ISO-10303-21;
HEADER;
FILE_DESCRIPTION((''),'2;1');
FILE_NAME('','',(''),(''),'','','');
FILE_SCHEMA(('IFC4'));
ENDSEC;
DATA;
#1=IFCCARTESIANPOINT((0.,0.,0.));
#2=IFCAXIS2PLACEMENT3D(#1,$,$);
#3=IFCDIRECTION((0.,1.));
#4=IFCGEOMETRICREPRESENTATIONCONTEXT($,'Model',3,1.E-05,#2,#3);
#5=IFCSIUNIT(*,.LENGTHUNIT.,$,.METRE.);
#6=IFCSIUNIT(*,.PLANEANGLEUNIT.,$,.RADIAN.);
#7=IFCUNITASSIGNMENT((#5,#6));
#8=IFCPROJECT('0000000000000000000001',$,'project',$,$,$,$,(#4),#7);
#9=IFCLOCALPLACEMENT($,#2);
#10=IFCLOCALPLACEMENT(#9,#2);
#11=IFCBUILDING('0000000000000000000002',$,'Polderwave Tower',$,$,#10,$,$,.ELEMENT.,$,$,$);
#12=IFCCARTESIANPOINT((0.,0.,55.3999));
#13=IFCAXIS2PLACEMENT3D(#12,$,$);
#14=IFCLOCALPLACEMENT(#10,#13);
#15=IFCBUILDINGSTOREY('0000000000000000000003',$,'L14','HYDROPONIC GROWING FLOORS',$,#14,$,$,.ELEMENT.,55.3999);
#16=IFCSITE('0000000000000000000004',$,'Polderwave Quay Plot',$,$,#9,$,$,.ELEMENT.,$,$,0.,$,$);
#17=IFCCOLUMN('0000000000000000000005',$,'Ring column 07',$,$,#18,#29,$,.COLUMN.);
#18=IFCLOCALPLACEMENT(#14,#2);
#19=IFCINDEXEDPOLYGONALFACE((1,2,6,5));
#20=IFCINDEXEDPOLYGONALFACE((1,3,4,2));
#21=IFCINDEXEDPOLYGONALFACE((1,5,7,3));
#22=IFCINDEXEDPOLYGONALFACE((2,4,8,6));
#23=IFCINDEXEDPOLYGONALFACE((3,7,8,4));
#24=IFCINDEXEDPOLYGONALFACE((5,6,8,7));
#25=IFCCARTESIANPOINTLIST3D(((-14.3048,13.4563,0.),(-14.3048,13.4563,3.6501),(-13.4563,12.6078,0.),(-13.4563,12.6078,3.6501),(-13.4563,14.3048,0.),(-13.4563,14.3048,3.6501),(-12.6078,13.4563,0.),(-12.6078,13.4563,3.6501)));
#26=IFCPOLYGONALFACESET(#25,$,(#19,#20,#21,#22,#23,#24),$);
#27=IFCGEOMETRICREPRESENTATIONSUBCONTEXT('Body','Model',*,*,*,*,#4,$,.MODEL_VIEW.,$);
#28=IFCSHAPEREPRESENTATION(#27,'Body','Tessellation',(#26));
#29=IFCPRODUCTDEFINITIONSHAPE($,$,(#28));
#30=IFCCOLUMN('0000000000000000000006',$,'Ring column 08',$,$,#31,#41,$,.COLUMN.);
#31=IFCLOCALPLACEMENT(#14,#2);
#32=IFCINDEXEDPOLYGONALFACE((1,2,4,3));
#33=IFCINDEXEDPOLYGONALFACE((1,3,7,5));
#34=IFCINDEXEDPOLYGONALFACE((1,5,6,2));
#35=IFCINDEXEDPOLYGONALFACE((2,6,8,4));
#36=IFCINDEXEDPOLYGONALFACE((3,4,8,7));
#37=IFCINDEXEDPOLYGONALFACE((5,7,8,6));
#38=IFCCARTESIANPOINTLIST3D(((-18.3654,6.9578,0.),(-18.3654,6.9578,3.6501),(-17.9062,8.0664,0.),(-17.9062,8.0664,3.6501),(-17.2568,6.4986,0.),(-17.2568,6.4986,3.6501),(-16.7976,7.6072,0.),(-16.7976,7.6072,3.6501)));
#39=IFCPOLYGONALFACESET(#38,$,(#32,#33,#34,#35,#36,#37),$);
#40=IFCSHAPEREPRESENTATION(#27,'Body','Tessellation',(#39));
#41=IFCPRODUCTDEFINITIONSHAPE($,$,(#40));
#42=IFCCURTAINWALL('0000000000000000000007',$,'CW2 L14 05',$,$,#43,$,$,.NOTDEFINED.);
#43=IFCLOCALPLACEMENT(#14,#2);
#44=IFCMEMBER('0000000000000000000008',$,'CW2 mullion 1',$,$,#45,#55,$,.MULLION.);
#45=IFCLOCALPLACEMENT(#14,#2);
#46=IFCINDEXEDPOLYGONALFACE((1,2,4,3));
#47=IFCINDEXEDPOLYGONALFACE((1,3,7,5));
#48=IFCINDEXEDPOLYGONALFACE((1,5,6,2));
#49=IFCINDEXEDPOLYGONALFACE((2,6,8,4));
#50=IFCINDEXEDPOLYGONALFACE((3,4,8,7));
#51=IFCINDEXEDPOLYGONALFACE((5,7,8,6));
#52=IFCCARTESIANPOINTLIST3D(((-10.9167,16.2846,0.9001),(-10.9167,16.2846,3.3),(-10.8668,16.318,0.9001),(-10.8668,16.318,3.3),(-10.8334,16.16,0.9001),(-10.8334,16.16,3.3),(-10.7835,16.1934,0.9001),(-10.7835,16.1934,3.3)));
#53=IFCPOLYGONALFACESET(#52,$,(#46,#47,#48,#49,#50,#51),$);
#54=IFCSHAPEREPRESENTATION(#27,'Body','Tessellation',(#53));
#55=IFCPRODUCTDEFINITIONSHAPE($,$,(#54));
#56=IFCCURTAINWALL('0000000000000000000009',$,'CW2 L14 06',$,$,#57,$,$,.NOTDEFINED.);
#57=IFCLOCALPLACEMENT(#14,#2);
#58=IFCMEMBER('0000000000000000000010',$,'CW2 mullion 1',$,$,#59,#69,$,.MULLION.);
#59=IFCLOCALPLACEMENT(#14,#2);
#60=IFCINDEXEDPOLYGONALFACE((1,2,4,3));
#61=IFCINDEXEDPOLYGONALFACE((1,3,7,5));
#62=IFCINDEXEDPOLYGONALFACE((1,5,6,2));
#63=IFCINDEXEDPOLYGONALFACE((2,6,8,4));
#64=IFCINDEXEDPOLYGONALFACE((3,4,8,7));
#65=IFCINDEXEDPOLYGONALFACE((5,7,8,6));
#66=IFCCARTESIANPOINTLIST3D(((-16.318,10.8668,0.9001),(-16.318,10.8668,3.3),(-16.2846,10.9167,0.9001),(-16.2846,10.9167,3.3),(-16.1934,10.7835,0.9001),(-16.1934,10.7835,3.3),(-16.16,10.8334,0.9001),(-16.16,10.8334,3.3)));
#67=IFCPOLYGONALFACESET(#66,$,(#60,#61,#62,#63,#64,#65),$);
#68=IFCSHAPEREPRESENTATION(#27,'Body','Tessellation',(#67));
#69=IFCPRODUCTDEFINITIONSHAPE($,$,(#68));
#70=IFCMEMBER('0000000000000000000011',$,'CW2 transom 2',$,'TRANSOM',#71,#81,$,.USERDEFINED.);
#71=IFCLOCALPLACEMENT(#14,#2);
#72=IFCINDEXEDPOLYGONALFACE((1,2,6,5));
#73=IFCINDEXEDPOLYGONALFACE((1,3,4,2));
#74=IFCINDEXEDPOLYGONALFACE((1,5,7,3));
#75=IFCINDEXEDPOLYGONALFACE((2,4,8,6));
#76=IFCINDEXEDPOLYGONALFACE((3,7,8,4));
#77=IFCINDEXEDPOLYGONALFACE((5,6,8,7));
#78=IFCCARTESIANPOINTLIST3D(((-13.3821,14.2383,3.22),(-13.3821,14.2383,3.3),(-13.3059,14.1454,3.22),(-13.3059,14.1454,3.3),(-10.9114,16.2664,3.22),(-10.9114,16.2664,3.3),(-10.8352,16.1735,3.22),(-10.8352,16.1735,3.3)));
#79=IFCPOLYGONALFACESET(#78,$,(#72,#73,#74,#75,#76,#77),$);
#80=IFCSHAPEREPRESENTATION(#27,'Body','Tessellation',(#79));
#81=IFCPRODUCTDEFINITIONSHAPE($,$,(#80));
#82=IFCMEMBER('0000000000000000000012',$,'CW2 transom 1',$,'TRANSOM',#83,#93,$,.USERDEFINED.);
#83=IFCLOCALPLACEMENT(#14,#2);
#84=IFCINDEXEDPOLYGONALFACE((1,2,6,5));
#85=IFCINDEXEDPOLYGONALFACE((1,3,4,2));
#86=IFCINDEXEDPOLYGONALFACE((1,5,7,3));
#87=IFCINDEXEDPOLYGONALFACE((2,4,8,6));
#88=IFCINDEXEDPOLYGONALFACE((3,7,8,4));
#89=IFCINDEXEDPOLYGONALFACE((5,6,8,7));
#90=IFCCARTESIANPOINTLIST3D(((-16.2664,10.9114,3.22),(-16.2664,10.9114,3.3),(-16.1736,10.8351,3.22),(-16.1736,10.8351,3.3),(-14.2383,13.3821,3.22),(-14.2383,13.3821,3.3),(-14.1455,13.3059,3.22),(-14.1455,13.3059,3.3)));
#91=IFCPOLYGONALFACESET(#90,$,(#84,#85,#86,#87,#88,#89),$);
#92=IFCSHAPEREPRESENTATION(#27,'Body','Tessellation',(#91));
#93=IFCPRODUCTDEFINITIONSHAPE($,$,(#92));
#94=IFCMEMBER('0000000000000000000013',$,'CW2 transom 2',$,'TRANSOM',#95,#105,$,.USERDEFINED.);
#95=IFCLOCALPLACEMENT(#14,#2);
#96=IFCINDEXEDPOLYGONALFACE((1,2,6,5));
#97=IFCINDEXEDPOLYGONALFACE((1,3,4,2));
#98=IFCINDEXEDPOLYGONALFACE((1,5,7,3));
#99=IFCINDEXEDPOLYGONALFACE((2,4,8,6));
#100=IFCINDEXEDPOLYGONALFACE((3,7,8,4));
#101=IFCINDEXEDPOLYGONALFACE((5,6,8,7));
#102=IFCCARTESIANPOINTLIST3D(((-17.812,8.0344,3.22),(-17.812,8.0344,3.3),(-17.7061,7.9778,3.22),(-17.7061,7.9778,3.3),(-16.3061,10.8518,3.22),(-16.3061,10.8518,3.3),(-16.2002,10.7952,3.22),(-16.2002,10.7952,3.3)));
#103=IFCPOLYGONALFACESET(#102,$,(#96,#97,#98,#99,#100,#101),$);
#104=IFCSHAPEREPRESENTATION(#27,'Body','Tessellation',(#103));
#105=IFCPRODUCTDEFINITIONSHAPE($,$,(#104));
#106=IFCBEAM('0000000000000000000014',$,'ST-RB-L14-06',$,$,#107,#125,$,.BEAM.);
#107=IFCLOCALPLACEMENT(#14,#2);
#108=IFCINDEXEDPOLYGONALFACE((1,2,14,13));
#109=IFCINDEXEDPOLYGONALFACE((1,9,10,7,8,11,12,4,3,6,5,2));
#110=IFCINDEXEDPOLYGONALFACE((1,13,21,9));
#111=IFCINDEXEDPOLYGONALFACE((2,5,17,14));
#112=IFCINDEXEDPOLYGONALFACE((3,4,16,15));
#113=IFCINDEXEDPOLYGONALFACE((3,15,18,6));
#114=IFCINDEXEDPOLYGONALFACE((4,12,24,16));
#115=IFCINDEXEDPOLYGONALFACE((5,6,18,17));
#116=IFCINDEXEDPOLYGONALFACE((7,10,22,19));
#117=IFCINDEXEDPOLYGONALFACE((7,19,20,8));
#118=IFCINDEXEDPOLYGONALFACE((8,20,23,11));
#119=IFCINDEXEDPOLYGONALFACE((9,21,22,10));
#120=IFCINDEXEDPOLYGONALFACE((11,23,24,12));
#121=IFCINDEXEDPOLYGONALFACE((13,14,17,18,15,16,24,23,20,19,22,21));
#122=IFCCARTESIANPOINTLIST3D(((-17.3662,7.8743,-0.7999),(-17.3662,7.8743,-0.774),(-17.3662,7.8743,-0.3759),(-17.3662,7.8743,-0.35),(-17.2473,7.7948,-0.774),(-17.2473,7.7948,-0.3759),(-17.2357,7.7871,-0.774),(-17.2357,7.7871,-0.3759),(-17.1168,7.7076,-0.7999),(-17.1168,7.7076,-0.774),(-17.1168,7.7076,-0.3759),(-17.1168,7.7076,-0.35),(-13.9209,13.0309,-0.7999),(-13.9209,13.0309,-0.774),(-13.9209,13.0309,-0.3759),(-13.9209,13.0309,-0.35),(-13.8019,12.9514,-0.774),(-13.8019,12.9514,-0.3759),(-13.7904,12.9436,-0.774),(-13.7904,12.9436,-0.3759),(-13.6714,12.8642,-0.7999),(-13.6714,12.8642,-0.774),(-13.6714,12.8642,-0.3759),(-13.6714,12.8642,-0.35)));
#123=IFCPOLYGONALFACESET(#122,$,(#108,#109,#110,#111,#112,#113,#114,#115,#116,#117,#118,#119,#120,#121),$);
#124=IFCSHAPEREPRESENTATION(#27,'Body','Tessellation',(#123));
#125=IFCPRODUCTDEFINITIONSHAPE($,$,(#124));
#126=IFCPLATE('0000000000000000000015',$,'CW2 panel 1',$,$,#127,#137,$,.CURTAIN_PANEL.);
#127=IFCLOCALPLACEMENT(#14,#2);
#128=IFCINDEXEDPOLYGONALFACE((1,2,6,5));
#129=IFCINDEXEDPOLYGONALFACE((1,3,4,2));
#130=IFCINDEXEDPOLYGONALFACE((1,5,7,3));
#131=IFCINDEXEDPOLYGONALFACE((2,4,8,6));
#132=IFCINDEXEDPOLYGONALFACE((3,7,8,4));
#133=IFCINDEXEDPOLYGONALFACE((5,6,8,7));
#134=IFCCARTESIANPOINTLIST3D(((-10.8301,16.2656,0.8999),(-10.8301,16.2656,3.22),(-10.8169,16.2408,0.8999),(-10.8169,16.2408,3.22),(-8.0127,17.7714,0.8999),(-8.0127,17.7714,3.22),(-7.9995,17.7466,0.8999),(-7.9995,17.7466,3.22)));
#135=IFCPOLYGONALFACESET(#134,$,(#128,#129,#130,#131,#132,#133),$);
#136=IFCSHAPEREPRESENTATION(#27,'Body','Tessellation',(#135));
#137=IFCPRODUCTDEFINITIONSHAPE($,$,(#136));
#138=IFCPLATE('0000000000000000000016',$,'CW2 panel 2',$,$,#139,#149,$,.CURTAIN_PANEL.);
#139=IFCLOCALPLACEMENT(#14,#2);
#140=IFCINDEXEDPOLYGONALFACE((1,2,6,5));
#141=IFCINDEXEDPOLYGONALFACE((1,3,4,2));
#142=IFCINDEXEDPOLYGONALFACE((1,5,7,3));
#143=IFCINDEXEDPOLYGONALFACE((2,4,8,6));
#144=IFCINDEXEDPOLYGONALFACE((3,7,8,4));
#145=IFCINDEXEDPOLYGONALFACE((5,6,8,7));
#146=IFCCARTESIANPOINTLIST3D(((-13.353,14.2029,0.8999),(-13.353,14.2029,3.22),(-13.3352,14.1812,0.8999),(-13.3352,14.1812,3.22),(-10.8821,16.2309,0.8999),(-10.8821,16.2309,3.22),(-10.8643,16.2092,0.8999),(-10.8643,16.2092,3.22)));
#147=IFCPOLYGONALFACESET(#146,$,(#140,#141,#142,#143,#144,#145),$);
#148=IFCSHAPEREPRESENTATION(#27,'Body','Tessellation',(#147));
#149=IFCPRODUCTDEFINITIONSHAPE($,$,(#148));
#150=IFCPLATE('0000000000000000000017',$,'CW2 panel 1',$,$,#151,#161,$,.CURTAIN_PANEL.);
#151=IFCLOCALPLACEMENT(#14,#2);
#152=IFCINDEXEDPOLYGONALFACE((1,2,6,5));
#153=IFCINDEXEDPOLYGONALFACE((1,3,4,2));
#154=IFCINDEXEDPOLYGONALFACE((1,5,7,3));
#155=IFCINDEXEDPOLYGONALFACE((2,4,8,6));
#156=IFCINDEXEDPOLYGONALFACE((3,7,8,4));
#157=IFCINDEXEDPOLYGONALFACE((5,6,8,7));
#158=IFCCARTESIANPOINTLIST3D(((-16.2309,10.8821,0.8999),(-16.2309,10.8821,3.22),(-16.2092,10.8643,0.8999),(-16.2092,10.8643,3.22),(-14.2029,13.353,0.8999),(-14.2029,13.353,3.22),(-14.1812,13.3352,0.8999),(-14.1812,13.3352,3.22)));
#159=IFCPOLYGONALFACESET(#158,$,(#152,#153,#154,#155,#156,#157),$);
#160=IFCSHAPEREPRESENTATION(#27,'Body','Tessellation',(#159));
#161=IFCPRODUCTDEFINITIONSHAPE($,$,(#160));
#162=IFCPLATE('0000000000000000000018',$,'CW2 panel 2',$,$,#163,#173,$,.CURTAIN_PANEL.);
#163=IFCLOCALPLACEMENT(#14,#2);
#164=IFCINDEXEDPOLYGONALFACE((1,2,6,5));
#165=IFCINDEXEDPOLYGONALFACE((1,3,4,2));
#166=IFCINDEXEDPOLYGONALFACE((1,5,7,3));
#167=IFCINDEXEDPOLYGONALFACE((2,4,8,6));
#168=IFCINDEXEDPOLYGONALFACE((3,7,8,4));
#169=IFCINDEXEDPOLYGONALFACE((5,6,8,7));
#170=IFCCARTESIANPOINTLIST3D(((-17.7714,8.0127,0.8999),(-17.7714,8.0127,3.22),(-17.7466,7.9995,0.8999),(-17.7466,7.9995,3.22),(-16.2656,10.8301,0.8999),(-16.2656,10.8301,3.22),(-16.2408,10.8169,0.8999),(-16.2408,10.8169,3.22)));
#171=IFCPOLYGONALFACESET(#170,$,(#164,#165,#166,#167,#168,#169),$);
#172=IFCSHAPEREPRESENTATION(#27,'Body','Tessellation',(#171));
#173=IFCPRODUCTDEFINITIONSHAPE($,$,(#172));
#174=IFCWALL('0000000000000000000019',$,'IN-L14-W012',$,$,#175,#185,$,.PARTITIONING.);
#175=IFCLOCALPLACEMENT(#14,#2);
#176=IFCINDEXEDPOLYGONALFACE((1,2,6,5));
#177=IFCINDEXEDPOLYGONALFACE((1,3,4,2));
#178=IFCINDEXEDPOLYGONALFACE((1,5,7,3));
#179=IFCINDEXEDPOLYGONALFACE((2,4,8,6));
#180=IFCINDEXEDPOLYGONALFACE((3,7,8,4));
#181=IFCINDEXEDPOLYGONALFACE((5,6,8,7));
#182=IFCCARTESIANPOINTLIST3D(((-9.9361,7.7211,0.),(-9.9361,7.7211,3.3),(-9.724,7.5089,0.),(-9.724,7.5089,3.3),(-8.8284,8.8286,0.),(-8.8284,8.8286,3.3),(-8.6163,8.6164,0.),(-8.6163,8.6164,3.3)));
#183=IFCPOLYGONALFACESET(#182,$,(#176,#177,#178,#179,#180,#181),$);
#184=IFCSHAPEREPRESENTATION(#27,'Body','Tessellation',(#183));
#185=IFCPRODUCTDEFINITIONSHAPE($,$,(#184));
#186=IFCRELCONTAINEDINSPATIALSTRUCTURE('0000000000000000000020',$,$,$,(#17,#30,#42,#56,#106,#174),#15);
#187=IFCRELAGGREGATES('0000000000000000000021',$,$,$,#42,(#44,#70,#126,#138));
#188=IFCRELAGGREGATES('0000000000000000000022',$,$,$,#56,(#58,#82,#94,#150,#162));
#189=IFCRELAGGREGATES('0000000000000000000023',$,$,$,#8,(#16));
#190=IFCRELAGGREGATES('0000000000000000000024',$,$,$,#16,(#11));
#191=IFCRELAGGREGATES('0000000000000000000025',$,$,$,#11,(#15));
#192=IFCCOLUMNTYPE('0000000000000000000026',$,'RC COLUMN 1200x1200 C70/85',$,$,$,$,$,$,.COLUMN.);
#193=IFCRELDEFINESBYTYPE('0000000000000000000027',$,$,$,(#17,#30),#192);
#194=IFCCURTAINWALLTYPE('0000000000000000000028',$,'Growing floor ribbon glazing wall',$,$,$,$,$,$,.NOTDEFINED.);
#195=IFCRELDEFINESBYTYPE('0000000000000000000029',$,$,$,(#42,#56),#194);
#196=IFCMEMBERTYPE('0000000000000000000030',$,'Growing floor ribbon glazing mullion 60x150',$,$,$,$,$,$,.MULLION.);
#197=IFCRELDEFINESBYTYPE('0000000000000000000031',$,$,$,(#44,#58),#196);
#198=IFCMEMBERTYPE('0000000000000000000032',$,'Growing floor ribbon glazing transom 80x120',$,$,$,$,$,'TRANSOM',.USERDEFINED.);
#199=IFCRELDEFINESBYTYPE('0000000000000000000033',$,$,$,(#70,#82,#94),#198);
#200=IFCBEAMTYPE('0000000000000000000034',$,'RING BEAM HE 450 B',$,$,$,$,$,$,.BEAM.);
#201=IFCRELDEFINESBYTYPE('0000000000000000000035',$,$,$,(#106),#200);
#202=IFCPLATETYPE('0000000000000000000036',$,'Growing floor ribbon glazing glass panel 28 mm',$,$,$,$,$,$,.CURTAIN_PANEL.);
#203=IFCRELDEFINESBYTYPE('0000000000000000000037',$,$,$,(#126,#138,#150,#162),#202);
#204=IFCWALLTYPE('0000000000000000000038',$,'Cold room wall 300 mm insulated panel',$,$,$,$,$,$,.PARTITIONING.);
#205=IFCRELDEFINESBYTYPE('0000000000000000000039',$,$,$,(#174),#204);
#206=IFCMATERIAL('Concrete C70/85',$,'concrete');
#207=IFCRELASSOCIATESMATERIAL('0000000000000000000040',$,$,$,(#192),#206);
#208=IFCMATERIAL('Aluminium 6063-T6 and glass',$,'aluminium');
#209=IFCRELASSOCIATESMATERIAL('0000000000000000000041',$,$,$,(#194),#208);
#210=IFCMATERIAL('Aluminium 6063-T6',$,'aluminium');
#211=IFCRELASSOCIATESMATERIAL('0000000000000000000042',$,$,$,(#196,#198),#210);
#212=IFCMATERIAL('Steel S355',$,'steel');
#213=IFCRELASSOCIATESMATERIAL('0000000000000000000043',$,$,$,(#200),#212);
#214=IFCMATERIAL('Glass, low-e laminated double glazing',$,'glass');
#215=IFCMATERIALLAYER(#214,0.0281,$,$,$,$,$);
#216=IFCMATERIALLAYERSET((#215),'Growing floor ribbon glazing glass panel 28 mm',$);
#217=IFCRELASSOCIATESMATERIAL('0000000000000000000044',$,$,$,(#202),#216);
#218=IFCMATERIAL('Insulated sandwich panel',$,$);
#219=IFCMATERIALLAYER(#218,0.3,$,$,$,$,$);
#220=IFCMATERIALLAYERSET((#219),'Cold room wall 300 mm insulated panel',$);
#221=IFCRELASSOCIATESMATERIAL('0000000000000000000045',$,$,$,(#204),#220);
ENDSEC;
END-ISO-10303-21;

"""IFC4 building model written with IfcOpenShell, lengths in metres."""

from ifc_helpers import new_model, si_unit, direction, frame, frame_2d, origin, origin_2d, place, context, subcontext, project, spatial, rectangle, i_section, extrude, material, layer, layer_set, material_profile, profile_set, type_object, element, aggregate, save


model = new_model("IFC4")

# Units and contexts
model_context = context("Model", 3, precision=1e-05, world=origin(), true_north=direction((0.0, 1.0)))
body_context = subcontext(model_context, "Body", "Model", "MODEL_VIEW")
ifc_project = project(units=[si_unit("LENGTHUNIT", "METRE"), si_unit("PLANEANGLEUNIT", "RADIAN")], contexts=[model_context])

# Site, building, storey
site_placement = place(None, origin())
site = spatial("IfcSite", under=ifc_project, at=site_placement, Name="Polderwave Quay Plot", CompositionType="ELEMENT", RefElevation=0.0)
building_placement = place(site_placement, origin())
building = spatial("IfcBuilding", under=site, at=building_placement, Name="Polderwave Tower", CompositionType="ELEMENT")
storey_placement = place(building_placement, frame((0.0, 0.0, 55.3999)))
storey = spatial("IfcBuildingStorey", under=building, at=storey_placement, Name="L14", Description="HYDROPONIC GROWING FLOORS", CompositionType="ELEMENT", Elevation=55.3999)

# Columns
ifc_material_1 = material(Name="Concrete C70/85", Category="concrete")
ifc_material_profile_1 = material_profile(ifc_material_1, rectangle(XDim=1.2, YDim=1.2, at=origin_2d()), Name="RC 1200x1200")
ifc_profile_set_1 = profile_set([ifc_material_profile_1], Name="Concrete C70/85")
column_type = type_object("IfcColumnType", Name="RC COLUMN 1200x1200 C70/85", PredefinedType="COLUMN", material=ifc_profile_set_1)
for number, where, z_axis, x_axis, name in (
    (1, (-13.4563, 13.4563, 0.0), (0.0, 0.0, 1.0), (-0.707107, 0.707107, 0.0), "Ring column 07"),
    (2, (-17.5815, 7.2825, 0.0), (0.0, 0.0, 1.0), (-0.92388, 0.382683, 0.0), "Ring column 08"),
):
    element("IfcColumn", number, at=place(storey_placement, frame(where, z_axis=z_axis, x_axis=x_axis)), inside=storey, type_object=column_type, Name=name, PredefinedType="COLUMN", context=body_context, shape_type="SweptSolid", body=[
        extrude(rectangle(XDim=1.2, YDim=1.2, at=origin_2d()), origin(), (0.0, 0.0, 1.0), 3.6501),
    ])

# Curtain walls, members
ifc_material_2 = material(Name="Aluminium 6063-T6 and glass", Category="aluminium")
curtain_wall_type = type_object("IfcCurtainWallType", Name="Growing floor ribbon glazing wall", PredefinedType="NOTDEFINED", material=ifc_material_2)
curtain_wall_1_placement = place(storey_placement, origin())
curtain_wall_1 = element("IfcCurtainWall", 3, at=curtain_wall_1_placement, inside=storey, type_object=curtain_wall_type, Name="CW2 L14 05", PredefinedType="NOTDEFINED")
ifc_material_3 = material(Name="Aluminium 6063-T6", Category="aluminium")
ifc_material_profile_2 = material_profile(ifc_material_3, rectangle(XDim=0.1499, YDim=0.0601, at=origin_2d()), Name="AL 60x150")
ifc_profile_set_2 = profile_set([ifc_material_profile_2], Name="Aluminium 6063-T6")
member_type_1 = type_object("IfcMemberType", Name="Growing floor ribbon glazing mullion 60x150", PredefinedType="MULLION", material=ifc_profile_set_2)
member_1_placement = place(storey_placement, frame((-10.8501, 16.239, 0.9001), z_axis=(0.0, 0.0, 1.0), x_axis=(0.555576, -0.831466, 0.0)))
member_1 = element("IfcMember", 4, at=member_1_placement, type_object=member_type_1, Name="CW2 mullion 1", PredefinedType="MULLION", context=body_context, shape_type="SweptSolid", body=[
    extrude(rectangle(XDim=0.1499, YDim=0.0601, at=origin_2d()), origin(), (0.0, 0.0, 1.0), 2.3999),
])
curtain_wall_2_placement = place(storey_placement, origin())
curtain_wall_2 = element("IfcCurtainWall", 5, at=curtain_wall_2_placement, inside=storey, type_object=curtain_wall_type, Name="CW2 L14 06", PredefinedType="NOTDEFINED")
member_2_placement = place(storey_placement, frame((-16.239, 10.8501, 0.9001), z_axis=(0.0, 0.0, 1.0), x_axis=(0.831466, -0.555576, 0.0)))
member_2 = element("IfcMember", 6, at=member_2_placement, type_object=member_type_1, Name="CW2 mullion 1", PredefinedType="MULLION", context=body_context, shape_type="SweptSolid", body=[
    extrude(rectangle(XDim=0.1499, YDim=0.0601, at=origin_2d()), origin(), (0.0, 0.0, 1.0), 2.3999),
])

# Members
ifc_material_profile_3 = material_profile(ifc_material_3, rectangle(XDim=0.1201, YDim=0.0801, at=origin_2d()), Name="AL 80x120")
ifc_profile_set_3 = profile_set([ifc_material_profile_3], Name="Aluminium 6063-T6")
member_type_2 = type_object("IfcMemberType", Name="Growing floor ribbon glazing transom 80x120", ElementType="TRANSOM", PredefinedType="USERDEFINED", material=ifc_profile_set_3)
member_3_placement = place(storey_placement, frame((-10.8733, 16.22, 3.26), z_axis=(-0.772946, -0.634472, 0.0), x_axis=(0.634472, -0.772946, 0.0)))
member_3 = element("IfcMember", 7, at=member_3_placement, type_object=member_type_2, Name="CW2 transom 2", ObjectType="TRANSOM", PredefinedType="USERDEFINED", context=body_context, shape_type="SweptSolid", body=[
    extrude(rectangle(XDim=0.1201, YDim=0.0801, at=origin_2d()), origin(), (0.0, 0.0, 1.0), 3.1965),
])
member_4_placement = place(storey_placement, frame((-14.1919, 13.344, 3.26), z_axis=(-0.634472, -0.772946, 0.0), x_axis=(0.772946, -0.634472, 0.0)))
member_4 = element("IfcMember", 8, at=member_4_placement, type_object=member_type_2, Name="CW2 transom 1", ObjectType="TRANSOM", PredefinedType="USERDEFINED", context=body_context, shape_type="SweptSolid", body=[
    extrude(rectangle(XDim=0.1201, YDim=0.0801, at=origin_2d()), origin(), (0.0, 0.0, 1.0), 3.1965),
])
member_5_placement = place(storey_placement, frame((-16.2532, 10.8235, 3.26), z_axis=(-0.471381, -0.881929, 0.0), x_axis=(0.881929, -0.471381, 0.0)))
member_5 = element("IfcMember", 9, at=member_5_placement, type_object=member_type_2, Name="CW2 transom 2", ObjectType="TRANSOM", PredefinedType="USERDEFINED", context=body_context, shape_type="SweptSolid", body=[
    extrude(rectangle(XDim=0.1201, YDim=0.0801, at=origin_2d()), origin(), (0.0, 0.0, 1.0), 3.1946),
])

# Beam
ifc_material_4 = material(Name="Steel S355", Category="steel")
ifc_material_profile_4 = material_profile(ifc_material_4, i_section(OverallWidth=0.3, OverallDepth=0.45, WebThickness=0.0139, FlangeThickness=0.0259, at=origin_2d()), Name="HE 450 B")
ifc_profile_set_4 = profile_set([ifc_material_profile_4], Name="Steel S355")
beam_type = type_object("IfcBeamType", Name="RING BEAM HE 450 B", PredefinedType="BEAM", material=ifc_profile_set_4)
beam_placement = place(storey_placement, frame((-13.7961, 12.9475, -0.575), z_axis=(-0.555554, -0.831481, 0.0), x_axis=(0.831481, -0.555554, 0.0)))
element("IfcBeam", 10, at=beam_placement, inside=storey, type_object=beam_type, Name="ST-RB-L14-06", PredefinedType="BEAM", context=body_context, shape_type="SweptSolid", body=[
    extrude(i_section(OverallWidth=0.3, OverallDepth=0.45, WebThickness=0.0139, FlangeThickness=0.0259, at=origin_2d()), origin(), (0.0, 0.0, 1.0), 6.2017),
])

# Plates
ifc_material_5 = material(Name="Glass, low-e laminated double glazing", Category="glass")
ifc_layer_1 = layer(ifc_material_5, 0.0281)
ifc_layer_set_1 = layer_set([ifc_layer_1], Name="Growing floor ribbon glazing glass panel 28 mm")
plate_type = type_object("IfcPlateType", Name="Growing floor ribbon glazing glass panel 28 mm", PredefinedType="CURTAIN_PANEL", material=ifc_layer_set_1)
plate_1_placement = place(storey_placement, frame((-9.4148, 17.0061, 0.8999), z_axis=(0.0, 0.0, 1.0), x_axis=(-0.88194, -0.471361, 0.0)))
plate_1 = element("IfcPlate", 11, at=plate_1_placement, type_object=plate_type, Name="CW2 panel 1", PredefinedType="CURTAIN_PANEL", context=body_context, shape_type="SweptSolid", body=[
    extrude(rectangle(XDim=3.1946, YDim=0.0281, at=origin_2d()), origin(), (0.0, 0.0, 1.0), 2.3201),
])
plate_2_placement = place(storey_placement, frame((-12.1086, 15.2061, 0.8999), z_axis=(0.0, 0.0, 1.0), x_axis=(-0.772976, -0.634435, 0.0)))
plate_2 = element("IfcPlate", 12, at=plate_2_placement, type_object=plate_type, Name="CW2 panel 2", PredefinedType="CURTAIN_PANEL", context=body_context, shape_type="SweptSolid", body=[
    extrude(rectangle(XDim=3.1965, YDim=0.0281, at=origin_2d()), origin(), (0.0, 0.0, 1.0), 2.3201),
])
aggregate(curtain_wall_1, [member_1, member_3, plate_1, plate_2])
plate_3_placement = place(storey_placement, frame((-15.2061, 12.1086, 0.8999), z_axis=(0.0, 0.0, 1.0), x_axis=(-0.634435, -0.772976, 0.0)))
plate_3 = element("IfcPlate", 13, at=plate_3_placement, type_object=plate_type, Name="CW2 panel 1", PredefinedType="CURTAIN_PANEL", context=body_context, shape_type="SweptSolid", body=[
    extrude(rectangle(XDim=3.1965, YDim=0.0281, at=origin_2d()), origin(), (0.0, 0.0, 1.0), 2.3201),
])
plate_4_placement = place(storey_placement, frame((-17.0061, 9.4148, 0.8999), z_axis=(0.0, 0.0, 1.0), x_axis=(-0.471361, -0.88194, 0.0)))
plate_4 = element("IfcPlate", 14, at=plate_4_placement, type_object=plate_type, Name="CW2 panel 2", PredefinedType="CURTAIN_PANEL", context=body_context, shape_type="SweptSolid", body=[
    extrude(rectangle(XDim=3.1946, YDim=0.0281, at=origin_2d()), origin(), (0.0, 0.0, 1.0), 2.3201),
])
aggregate(curtain_wall_2, [member_2, member_4, member_5, plate_3, plate_4])

# Wall
ifc_material_6 = material(Name="Insulated sandwich panel")
ifc_layer_2 = layer(ifc_material_6, 0.3)
ifc_layer_set_2 = layer_set([ifc_layer_2], Name="Cold room wall 300 mm insulated panel")
wall_type_1 = type_object("IfcWallType", Name="Cold room wall 300 mm insulated panel", PredefinedType="PARTITIONING", material=ifc_layer_set_2)
wall_1_placement = place(storey_placement, frame((-9.8301, 7.615, 0.0), z_axis=(0.0, 0.0, 1.0), x_axis=(0.707185, 0.707029, 0.0)))
element("IfcWall", 15, at=wall_1_placement, inside=storey, type_object=wall_type_1, Name="IN-L14-W012", PredefinedType="PARTITIONING", context=body_context, shape_type="SweptSolid", body=[
    extrude(rectangle(XDim=1.5664, YDim=0.3, at=frame_2d((0.7832, 0.0))), origin(), (0.0, 0.0, 1.0), 3.3),
])

save(model, "model.ifc")
